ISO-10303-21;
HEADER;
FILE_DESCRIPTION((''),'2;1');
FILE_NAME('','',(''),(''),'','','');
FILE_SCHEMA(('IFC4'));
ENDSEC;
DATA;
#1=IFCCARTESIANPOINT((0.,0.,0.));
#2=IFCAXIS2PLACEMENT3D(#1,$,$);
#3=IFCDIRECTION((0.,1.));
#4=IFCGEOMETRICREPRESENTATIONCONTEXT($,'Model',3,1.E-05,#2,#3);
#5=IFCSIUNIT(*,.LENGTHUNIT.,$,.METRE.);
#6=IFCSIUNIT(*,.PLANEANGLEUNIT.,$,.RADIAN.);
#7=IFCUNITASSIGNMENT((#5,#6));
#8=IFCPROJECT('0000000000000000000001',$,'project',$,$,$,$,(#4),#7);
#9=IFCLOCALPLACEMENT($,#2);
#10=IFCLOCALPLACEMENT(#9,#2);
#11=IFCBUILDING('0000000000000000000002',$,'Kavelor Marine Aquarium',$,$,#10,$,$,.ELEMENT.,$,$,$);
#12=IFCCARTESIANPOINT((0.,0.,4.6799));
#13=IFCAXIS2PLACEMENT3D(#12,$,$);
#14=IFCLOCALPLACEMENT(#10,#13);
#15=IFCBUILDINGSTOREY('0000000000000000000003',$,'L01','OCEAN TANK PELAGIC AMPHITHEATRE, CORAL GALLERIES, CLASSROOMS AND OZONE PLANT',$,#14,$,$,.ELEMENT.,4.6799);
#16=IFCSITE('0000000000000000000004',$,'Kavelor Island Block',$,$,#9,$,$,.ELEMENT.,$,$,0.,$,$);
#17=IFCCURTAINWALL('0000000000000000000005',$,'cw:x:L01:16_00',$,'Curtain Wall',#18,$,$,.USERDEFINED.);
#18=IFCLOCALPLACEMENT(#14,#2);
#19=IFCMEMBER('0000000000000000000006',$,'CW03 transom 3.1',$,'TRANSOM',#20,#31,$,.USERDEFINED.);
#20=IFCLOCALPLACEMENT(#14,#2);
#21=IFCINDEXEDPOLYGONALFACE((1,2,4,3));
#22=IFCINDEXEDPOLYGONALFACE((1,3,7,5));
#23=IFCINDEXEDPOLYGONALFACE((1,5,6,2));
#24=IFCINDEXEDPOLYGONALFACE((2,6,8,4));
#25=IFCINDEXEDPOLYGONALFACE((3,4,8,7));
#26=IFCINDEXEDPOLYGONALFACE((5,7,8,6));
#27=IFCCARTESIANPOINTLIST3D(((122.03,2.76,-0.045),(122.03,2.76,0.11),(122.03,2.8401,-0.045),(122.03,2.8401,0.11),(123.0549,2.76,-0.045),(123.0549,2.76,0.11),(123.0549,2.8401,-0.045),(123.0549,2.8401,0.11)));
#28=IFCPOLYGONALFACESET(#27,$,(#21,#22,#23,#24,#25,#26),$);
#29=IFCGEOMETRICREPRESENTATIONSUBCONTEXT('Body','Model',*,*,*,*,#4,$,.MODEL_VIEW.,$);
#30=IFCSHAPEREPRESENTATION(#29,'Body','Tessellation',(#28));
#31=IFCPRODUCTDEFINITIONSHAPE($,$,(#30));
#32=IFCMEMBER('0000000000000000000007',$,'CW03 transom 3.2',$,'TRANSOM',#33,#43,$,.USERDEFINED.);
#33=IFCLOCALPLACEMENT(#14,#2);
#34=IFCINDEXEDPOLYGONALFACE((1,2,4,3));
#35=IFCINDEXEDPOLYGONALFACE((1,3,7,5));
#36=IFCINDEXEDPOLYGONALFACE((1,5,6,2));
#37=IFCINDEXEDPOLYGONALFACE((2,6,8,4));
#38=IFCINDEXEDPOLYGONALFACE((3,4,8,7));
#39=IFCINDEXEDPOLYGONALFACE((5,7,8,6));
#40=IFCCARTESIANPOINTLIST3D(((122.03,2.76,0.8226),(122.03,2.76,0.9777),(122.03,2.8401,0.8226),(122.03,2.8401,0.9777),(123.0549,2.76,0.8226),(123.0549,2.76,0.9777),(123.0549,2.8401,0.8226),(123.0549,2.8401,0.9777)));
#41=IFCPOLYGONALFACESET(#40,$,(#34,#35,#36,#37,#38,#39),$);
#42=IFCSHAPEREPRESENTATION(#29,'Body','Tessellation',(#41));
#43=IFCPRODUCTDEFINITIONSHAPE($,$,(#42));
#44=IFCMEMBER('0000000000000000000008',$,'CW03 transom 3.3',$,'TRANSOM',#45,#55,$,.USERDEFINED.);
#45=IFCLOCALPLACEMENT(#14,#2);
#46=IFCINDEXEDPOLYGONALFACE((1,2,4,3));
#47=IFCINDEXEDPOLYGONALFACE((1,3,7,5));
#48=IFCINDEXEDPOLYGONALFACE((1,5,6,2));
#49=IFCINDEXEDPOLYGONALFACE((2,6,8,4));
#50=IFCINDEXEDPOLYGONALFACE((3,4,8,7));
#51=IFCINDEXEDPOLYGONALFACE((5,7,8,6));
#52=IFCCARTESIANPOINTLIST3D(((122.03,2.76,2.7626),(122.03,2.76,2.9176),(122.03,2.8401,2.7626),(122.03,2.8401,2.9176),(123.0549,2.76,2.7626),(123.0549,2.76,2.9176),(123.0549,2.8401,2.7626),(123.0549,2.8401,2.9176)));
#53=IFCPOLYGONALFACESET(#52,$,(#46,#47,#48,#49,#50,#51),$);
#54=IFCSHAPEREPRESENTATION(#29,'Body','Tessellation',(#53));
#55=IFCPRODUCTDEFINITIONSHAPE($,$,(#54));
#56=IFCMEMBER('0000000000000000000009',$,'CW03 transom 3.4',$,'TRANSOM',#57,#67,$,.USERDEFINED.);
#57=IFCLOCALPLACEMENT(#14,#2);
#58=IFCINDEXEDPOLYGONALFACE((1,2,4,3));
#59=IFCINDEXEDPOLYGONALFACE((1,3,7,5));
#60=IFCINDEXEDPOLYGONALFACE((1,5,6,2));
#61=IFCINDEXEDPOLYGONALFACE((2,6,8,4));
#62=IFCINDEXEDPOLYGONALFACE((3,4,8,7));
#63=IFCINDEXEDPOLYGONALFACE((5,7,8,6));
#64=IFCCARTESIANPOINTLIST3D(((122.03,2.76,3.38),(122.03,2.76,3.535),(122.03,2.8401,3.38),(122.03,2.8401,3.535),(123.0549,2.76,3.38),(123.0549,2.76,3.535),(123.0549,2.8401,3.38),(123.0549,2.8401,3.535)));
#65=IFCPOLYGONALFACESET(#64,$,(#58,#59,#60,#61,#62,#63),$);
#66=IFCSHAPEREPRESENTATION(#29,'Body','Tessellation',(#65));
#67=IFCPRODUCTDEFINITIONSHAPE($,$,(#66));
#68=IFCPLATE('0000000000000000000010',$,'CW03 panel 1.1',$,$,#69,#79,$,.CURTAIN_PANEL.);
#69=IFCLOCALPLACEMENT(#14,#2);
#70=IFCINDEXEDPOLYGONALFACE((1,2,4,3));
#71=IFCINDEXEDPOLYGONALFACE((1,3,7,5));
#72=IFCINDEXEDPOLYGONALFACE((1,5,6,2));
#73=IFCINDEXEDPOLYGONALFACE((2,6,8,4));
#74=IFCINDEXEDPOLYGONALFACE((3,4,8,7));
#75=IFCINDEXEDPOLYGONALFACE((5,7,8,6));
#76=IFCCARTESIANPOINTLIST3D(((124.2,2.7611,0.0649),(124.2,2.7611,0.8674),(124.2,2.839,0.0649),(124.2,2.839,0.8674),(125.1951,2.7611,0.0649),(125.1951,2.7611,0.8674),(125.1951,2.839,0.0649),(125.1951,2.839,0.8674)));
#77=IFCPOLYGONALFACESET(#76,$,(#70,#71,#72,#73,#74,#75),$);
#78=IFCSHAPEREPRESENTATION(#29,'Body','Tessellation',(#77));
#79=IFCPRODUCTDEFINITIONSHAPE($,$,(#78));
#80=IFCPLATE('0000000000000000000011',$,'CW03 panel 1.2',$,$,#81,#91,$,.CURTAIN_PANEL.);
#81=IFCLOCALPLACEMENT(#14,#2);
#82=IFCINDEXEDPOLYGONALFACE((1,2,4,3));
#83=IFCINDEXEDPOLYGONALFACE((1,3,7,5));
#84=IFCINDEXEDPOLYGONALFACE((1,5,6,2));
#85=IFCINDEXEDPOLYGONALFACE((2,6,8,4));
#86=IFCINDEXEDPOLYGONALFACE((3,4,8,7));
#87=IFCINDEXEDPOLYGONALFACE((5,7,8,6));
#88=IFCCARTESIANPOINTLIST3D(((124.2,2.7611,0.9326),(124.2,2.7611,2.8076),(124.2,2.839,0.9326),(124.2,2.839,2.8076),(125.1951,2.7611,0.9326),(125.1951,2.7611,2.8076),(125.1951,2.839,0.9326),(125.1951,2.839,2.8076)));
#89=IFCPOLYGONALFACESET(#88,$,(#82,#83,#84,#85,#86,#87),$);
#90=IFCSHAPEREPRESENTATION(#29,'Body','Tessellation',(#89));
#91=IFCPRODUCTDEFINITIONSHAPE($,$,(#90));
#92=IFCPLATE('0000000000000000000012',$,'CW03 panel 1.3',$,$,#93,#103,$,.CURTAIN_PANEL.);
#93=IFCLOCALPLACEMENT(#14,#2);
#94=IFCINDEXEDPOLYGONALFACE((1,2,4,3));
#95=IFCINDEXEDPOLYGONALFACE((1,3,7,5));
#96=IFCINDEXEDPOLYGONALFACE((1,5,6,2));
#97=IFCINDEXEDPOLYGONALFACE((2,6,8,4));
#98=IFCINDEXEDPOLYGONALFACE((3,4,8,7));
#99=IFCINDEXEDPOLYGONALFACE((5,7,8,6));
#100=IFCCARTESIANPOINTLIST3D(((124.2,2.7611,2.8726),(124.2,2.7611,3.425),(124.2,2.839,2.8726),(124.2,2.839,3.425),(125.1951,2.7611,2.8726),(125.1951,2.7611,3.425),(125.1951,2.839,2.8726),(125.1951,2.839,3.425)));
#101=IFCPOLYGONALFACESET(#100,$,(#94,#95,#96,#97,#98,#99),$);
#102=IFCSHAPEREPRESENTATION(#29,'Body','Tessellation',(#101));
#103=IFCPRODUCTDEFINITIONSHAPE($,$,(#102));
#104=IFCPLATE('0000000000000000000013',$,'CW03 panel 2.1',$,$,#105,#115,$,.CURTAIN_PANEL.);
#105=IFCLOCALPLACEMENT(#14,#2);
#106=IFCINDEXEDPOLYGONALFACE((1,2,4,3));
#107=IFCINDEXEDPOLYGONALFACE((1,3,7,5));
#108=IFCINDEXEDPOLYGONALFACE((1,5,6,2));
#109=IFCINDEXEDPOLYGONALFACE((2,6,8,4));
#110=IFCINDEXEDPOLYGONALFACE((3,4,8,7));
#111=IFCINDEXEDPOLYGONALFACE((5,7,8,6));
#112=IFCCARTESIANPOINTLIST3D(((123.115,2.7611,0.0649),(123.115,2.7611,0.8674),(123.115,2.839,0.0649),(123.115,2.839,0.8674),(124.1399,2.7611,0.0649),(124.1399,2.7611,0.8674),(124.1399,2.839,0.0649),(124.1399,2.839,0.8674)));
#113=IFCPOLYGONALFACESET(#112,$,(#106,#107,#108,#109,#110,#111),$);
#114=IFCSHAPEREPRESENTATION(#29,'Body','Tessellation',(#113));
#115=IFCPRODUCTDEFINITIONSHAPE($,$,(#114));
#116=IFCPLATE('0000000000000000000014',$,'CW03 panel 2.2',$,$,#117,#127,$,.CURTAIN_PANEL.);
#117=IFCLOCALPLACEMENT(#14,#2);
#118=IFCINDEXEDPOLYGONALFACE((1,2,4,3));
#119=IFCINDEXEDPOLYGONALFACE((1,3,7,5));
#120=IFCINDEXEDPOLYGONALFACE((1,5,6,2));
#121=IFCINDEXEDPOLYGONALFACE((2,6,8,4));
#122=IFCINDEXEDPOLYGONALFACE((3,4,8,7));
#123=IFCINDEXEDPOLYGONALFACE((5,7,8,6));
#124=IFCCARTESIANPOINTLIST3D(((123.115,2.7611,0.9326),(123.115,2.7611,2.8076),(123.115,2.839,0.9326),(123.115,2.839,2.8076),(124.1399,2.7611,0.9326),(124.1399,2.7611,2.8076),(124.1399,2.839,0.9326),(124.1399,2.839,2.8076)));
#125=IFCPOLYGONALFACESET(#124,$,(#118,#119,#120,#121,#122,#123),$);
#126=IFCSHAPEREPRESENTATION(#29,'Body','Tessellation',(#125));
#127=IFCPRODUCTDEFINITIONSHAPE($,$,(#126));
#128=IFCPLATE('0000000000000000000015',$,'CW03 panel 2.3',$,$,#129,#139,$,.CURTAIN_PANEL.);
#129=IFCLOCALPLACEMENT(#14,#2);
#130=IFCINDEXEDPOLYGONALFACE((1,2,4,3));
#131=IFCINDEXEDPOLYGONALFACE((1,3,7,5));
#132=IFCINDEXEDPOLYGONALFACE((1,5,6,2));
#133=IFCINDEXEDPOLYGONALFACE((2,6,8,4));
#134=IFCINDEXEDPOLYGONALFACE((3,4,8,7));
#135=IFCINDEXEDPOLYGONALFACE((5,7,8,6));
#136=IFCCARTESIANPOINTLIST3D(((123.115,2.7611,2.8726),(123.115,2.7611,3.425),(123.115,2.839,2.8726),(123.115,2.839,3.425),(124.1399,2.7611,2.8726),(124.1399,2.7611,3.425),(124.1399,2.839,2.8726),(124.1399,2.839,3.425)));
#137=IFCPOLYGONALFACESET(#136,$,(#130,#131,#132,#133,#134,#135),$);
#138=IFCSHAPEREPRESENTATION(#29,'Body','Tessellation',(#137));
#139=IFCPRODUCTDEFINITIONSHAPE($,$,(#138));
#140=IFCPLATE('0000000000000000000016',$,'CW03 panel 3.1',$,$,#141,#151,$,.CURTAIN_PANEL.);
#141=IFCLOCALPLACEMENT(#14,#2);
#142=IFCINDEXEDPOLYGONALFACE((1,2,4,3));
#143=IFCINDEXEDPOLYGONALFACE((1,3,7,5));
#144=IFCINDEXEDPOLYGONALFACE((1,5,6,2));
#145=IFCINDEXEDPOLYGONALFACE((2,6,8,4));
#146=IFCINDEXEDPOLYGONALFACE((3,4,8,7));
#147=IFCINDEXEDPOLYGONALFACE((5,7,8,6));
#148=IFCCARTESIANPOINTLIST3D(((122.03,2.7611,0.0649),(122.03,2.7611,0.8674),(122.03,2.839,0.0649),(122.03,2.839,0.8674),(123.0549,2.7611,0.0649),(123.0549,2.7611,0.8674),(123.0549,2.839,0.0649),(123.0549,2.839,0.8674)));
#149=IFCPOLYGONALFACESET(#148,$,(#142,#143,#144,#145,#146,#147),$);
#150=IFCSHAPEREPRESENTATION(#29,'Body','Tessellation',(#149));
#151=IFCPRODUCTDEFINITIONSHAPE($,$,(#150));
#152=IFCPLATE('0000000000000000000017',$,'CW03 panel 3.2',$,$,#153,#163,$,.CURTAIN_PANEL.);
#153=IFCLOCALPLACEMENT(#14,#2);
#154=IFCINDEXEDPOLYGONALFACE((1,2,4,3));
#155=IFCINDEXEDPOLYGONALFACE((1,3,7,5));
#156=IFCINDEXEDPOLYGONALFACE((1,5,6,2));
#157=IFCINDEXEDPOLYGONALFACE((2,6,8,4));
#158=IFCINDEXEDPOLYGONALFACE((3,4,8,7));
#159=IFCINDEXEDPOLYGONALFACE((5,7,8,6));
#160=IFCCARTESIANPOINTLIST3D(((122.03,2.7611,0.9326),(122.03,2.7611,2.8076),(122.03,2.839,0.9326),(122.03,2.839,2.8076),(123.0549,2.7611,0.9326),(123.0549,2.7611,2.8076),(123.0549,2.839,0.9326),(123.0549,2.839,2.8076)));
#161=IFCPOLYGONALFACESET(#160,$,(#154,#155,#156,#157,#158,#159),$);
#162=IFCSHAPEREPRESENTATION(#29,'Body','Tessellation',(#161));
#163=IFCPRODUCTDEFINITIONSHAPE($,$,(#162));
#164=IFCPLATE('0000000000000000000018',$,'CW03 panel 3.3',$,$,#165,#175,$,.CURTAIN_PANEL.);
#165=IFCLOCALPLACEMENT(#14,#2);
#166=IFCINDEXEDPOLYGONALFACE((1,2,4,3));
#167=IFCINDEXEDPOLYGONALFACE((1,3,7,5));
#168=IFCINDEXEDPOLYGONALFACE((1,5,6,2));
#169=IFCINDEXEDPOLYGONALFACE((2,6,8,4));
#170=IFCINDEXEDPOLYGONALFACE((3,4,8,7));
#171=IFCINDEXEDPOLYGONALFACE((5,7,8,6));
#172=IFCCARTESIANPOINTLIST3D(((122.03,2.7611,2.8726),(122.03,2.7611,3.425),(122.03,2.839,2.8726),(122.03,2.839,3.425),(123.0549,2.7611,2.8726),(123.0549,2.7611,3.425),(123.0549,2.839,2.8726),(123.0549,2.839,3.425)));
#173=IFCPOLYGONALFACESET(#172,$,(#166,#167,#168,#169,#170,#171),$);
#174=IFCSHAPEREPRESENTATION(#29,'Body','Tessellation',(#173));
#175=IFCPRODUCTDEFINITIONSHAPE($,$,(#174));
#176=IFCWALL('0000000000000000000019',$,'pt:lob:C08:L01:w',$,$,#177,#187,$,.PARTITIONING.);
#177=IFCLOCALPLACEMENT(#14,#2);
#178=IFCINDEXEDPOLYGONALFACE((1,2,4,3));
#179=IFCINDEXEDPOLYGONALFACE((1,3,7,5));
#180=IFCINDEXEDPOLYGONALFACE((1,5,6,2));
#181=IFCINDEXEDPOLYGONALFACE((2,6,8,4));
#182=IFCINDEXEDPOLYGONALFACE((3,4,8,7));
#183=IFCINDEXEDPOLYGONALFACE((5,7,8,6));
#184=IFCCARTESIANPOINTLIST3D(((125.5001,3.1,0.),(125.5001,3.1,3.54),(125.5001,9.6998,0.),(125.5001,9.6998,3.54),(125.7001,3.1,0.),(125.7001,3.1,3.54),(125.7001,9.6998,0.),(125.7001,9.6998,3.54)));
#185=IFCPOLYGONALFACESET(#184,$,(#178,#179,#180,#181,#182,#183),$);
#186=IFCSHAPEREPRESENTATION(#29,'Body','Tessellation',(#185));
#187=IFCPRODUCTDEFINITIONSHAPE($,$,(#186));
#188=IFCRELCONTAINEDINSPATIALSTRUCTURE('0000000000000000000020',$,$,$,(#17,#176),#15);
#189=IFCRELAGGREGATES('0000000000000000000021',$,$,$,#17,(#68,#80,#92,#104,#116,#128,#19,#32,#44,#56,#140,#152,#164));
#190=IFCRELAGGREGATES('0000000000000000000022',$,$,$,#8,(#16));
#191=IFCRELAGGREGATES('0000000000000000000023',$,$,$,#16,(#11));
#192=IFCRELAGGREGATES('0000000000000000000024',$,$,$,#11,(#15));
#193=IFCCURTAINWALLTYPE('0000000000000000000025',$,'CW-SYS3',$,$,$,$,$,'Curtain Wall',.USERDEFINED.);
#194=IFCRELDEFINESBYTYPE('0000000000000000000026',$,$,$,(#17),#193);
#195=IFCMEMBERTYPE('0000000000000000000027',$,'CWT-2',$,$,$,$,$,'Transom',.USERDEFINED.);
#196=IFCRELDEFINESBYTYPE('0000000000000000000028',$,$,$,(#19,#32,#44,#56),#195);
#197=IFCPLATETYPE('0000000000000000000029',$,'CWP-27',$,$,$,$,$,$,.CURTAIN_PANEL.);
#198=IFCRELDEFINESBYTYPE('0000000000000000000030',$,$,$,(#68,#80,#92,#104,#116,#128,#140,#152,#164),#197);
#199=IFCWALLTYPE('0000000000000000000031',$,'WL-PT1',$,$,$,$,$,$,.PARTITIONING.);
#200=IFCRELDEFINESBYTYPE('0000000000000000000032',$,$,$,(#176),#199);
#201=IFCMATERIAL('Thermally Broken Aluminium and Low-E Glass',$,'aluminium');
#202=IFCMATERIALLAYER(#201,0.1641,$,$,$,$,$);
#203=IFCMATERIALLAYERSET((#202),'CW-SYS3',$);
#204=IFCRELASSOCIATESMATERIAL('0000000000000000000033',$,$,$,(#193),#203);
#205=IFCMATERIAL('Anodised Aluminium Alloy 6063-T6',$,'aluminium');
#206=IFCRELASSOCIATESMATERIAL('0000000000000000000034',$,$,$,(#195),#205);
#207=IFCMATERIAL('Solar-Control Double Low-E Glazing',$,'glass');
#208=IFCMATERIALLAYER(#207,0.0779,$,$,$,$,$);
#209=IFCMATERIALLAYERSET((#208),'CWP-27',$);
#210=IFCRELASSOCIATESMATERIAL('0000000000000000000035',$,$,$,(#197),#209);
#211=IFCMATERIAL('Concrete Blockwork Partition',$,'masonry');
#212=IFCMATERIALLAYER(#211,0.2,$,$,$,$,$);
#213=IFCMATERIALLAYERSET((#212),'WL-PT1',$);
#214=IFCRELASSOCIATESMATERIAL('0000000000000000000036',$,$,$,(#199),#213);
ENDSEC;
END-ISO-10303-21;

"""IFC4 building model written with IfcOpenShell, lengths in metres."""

from ifc_helpers import new_model, si_unit, direction, frame, frame_2d, origin, origin_2d, place, context, subcontext, project, spatial, rectangle, extrude, material, layer, layer_set, material_profile, profile_set, type_object, element, aggregate, save


model = new_model("IFC4")

# Units and contexts
model_context = context("Model", 3, precision=1e-05, world=origin(), true_north=direction((0.0, 1.0)))
body_context = subcontext(model_context, "Body", "Model", "MODEL_VIEW")
ifc_project = project(units=[si_unit("LENGTHUNIT", "METRE"), si_unit("PLANEANGLEUNIT", "RADIAN")], contexts=[model_context])

# Site, building, storey
site_placement = place(None, origin())
site = spatial("IfcSite", under=ifc_project, at=site_placement, Name="Kavelor Island Block", CompositionType="ELEMENT", RefElevation=0.0)
building_placement = place(site_placement, origin())
building = spatial("IfcBuilding", under=site, at=building_placement, Name="Kavelor Marine Aquarium", CompositionType="ELEMENT")
storey_placement = place(building_placement, frame((0.0, 0.0, 4.6799)))
storey = spatial("IfcBuildingStorey", under=building, at=storey_placement, Name="L01", Description="OCEAN TANK PELAGIC AMPHITHEATRE, CORAL GALLERIES, CLASSROOMS AND OZONE PLANT", CompositionType="ELEMENT", Elevation=4.6799)

# Curtain wall, members, plates
ifc_material_1 = material(Name="Thermally Broken Aluminium and Low-E Glass", Category="aluminium")
ifc_layer_1 = layer(ifc_material_1, 0.1641)
ifc_layer_set_1 = layer_set([ifc_layer_1], Name="CW-SYS3")
curtain_wall_type = type_object("IfcCurtainWallType", Name="CW-SYS3", ElementType="Curtain Wall", PredefinedType="USERDEFINED", material=ifc_layer_set_1)
curtain_wall_placement = place(storey_placement, origin())
curtain_wall = element("IfcCurtainWall", 1, at=curtain_wall_placement, inside=storey, type_object=curtain_wall_type, Name="cw:x:L01:16_00", ObjectType="Curtain Wall", PredefinedType="USERDEFINED")
ifc_material_2 = material(Name="Anodised Aluminium Alloy 6063-T6", Category="aluminium")
ifc_material_profile_1 = material_profile(ifc_material_2, rectangle(XDim=0.0801, YDim=0.155, at=origin_2d()), Name="CW-TRN 80x155")
ifc_profile_set_1 = profile_set([ifc_material_profile_1], Name="Anodised Aluminium Alloy 6063-T6")
member_type_1 = type_object("IfcMemberType", Name="CWT-2", ElementType="Transom", PredefinedType="USERDEFINED", material=ifc_profile_set_1)
member_1_placement = place(storey_placement, frame((123.0549, 2.8, 0.0325), z_axis=(-1.0, 0.0, 0.0), x_axis=(0.0, -1.0, 0.0)))
member_1 = element("IfcMember", 2, at=member_1_placement, type_object=member_type_1, Name="CW03 transom 3.1", ObjectType="TRANSOM", PredefinedType="USERDEFINED", context=body_context, shape_type="SweptSolid", body=[
    extrude(rectangle(XDim=0.0801, YDim=0.155, at=origin_2d()), origin(), (0.0, 0.0, 1.0), 1.0249),
])
member_2_placement = place(storey_placement, frame((123.0549, 2.8, 0.9001), z_axis=(-1.0, 0.0, 0.0), x_axis=(0.0, -1.0, 0.0)))
member_2 = element("IfcMember", 3, at=member_2_placement, type_object=member_type_1, Name="CW03 transom 3.2", ObjectType="TRANSOM", PredefinedType="USERDEFINED", context=body_context, shape_type="SweptSolid", body=[
    extrude(rectangle(XDim=0.0801, YDim=0.155, at=origin_2d()), origin(), (0.0, 0.0, 1.0), 1.0249),
])
member_3_placement = place(storey_placement, frame((123.0549, 2.8, 2.8401), z_axis=(-1.0, 0.0, 0.0), x_axis=(0.0, -1.0, 0.0)))
member_3 = element("IfcMember", 4, at=member_3_placement, type_object=member_type_1, Name="CW03 transom 3.3", ObjectType="TRANSOM", PredefinedType="USERDEFINED", context=body_context, shape_type="SweptSolid", body=[
    extrude(rectangle(XDim=0.0801, YDim=0.155, at=origin_2d()), origin(), (0.0, 0.0, 1.0), 1.0249),
])
member_4_placement = place(storey_placement, frame((123.0549, 2.8, 3.4575), z_axis=(-1.0, 0.0, 0.0), x_axis=(0.0, -1.0, 0.0)))
member_4 = element("IfcMember", 5, at=member_4_placement, type_object=member_type_1, Name="CW03 transom 3.4", ObjectType="TRANSOM", PredefinedType="USERDEFINED", context=body_context, shape_type="SweptSolid", body=[
    extrude(rectangle(XDim=0.0801, YDim=0.155, at=origin_2d()), origin(), (0.0, 0.0, 1.0), 1.0249),
])
ifc_material_3 = material(Name="Solar-Control Double Low-E Glazing", Category="glass")
ifc_layer_2 = layer(ifc_material_3, 0.0779)
ifc_layer_set_2 = layer_set([ifc_layer_2], Name="CWP-27")
plate_type = type_object("IfcPlateType", Name="CWP-27", PredefinedType="CURTAIN_PANEL", material=ifc_layer_set_2)
plate_1_placement = place(storey_placement, frame((124.6975, 2.8, 0.0649), z_axis=(0.0, 0.0, 1.0), x_axis=(-1.0, 0.0, 0.0)))
plate_1 = element("IfcPlate", 6, at=plate_1_placement, type_object=plate_type, Name="CW03 panel 1.1", PredefinedType="CURTAIN_PANEL", context=body_context, shape_type="SweptSolid", body=[
    extrude(rectangle(XDim=0.9951, YDim=0.0779, at=origin_2d()), origin(), (0.0, 0.0, 1.0), 0.8025),
])
plate_2_placement = place(storey_placement, frame((124.6975, 2.8, 0.9326), z_axis=(0.0, 0.0, 1.0), x_axis=(-1.0, 0.0, 0.0)))
plate_2 = element("IfcPlate", 7, at=plate_2_placement, type_object=plate_type, Name="CW03 panel 1.2", PredefinedType="CURTAIN_PANEL", context=body_context, shape_type="SweptSolid", body=[
    extrude(rectangle(XDim=0.9951, YDim=0.0779, at=origin_2d()), origin(), (0.0, 0.0, 1.0), 1.875),
])
plate_3_placement = place(storey_placement, frame((124.6975, 2.8, 2.8726), z_axis=(0.0, 0.0, 1.0), x_axis=(-1.0, 0.0, 0.0)))
plate_3 = element("IfcPlate", 8, at=plate_3_placement, type_object=plate_type, Name="CW03 panel 1.3", PredefinedType="CURTAIN_PANEL", context=body_context, shape_type="SweptSolid", body=[
    extrude(rectangle(XDim=0.9951, YDim=0.0779, at=origin_2d()), origin(), (0.0, 0.0, 1.0), 0.5525),
])
plate_4_placement = place(storey_placement, frame((123.6274, 2.8, 0.0649), z_axis=(0.0, 0.0, 1.0), x_axis=(-1.0, 0.0, 0.0)))
plate_4 = element("IfcPlate", 9, at=plate_4_placement, type_object=plate_type, Name="CW03 panel 2.1", PredefinedType="CURTAIN_PANEL", context=body_context, shape_type="SweptSolid", body=[
    extrude(rectangle(XDim=1.0249, YDim=0.0779, at=origin_2d()), origin(), (0.0, 0.0, 1.0), 0.8025),
])
plate_5_placement = place(storey_placement, frame((123.6274, 2.8, 0.9326), z_axis=(0.0, 0.0, 1.0), x_axis=(-1.0, 0.0, 0.0)))
plate_5 = element("IfcPlate", 10, at=plate_5_placement, type_object=plate_type, Name="CW03 panel 2.2", PredefinedType="CURTAIN_PANEL", context=body_context, shape_type="SweptSolid", body=[
    extrude(rectangle(XDim=1.0249, YDim=0.0779, at=origin_2d()), origin(), (0.0, 0.0, 1.0), 1.875),
])
plate_6_placement = place(storey_placement, frame((123.6274, 2.8, 2.8726), z_axis=(0.0, 0.0, 1.0), x_axis=(-1.0, 0.0, 0.0)))
plate_6 = element("IfcPlate", 11, at=plate_6_placement, type_object=plate_type, Name="CW03 panel 2.3", PredefinedType="CURTAIN_PANEL", context=body_context, shape_type="SweptSolid", body=[
    extrude(rectangle(XDim=1.0249, YDim=0.0779, at=origin_2d()), origin(), (0.0, 0.0, 1.0), 0.5525),
])
plate_7_placement = place(storey_placement, frame((122.5425, 2.8, 0.0649), z_axis=(0.0, 0.0, 1.0), x_axis=(-1.0, 0.0, 0.0)))
plate_7 = element("IfcPlate", 12, at=plate_7_placement, type_object=plate_type, Name="CW03 panel 3.1", PredefinedType="CURTAIN_PANEL", context=body_context, shape_type="SweptSolid", body=[
    extrude(rectangle(XDim=1.0249, YDim=0.0779, at=origin_2d()), origin(), (0.0, 0.0, 1.0), 0.8025),
])
plate_8_placement = place(storey_placement, frame((122.5425, 2.8, 0.9326), z_axis=(0.0, 0.0, 1.0), x_axis=(-1.0, 0.0, 0.0)))
plate_8 = element("IfcPlate", 13, at=plate_8_placement, type_object=plate_type, Name="CW03 panel 3.2", PredefinedType="CURTAIN_PANEL", context=body_context, shape_type="SweptSolid", body=[
    extrude(rectangle(XDim=1.0249, YDim=0.0779, at=origin_2d()), origin(), (0.0, 0.0, 1.0), 1.875),
])
plate_9_placement = place(storey_placement, frame((122.5425, 2.8, 2.8726), z_axis=(0.0, 0.0, 1.0), x_axis=(-1.0, 0.0, 0.0)))
plate_9 = element("IfcPlate", 14, at=plate_9_placement, type_object=plate_type, Name="CW03 panel 3.3", PredefinedType="CURTAIN_PANEL", context=body_context, shape_type="SweptSolid", body=[
    extrude(rectangle(XDim=1.0249, YDim=0.0779, at=origin_2d()), origin(), (0.0, 0.0, 1.0), 0.5525),
])
aggregate(curtain_wall, [plate_1, plate_2, plate_3, plate_4, plate_5, plate_6, member_1, member_2, member_3, member_4, plate_7, plate_8, plate_9])

# Wall
ifc_material_4 = material(Name="Concrete Blockwork Partition", Category="masonry")
ifc_layer_3 = layer(ifc_material_4, 0.2)
ifc_layer_set_3 = layer_set([ifc_layer_3], Name="WL-PT1")
wall_type = type_object("IfcWallType", Name="WL-PT1", PredefinedType="PARTITIONING", material=ifc_layer_set_3)
wall_placement = place(storey_placement, frame((125.6001, 3.1001, 0.0), z_axis=(0.0, 0.0, 1.0), x_axis=(0.0, 1.0, 0.0)))
element("IfcWall", 15, at=wall_placement, inside=storey, type_object=wall_type, Name="pt:lob:C08:L01:w", PredefinedType="PARTITIONING", context=body_context, shape_type="SweptSolid", body=[
    extrude(rectangle(XDim=6.5999, YDim=0.2, at=frame_2d((3.2998, 0.0))), origin(), (0.0, 0.0, 1.0), 3.54),
])

save(model, "model.ifc")
